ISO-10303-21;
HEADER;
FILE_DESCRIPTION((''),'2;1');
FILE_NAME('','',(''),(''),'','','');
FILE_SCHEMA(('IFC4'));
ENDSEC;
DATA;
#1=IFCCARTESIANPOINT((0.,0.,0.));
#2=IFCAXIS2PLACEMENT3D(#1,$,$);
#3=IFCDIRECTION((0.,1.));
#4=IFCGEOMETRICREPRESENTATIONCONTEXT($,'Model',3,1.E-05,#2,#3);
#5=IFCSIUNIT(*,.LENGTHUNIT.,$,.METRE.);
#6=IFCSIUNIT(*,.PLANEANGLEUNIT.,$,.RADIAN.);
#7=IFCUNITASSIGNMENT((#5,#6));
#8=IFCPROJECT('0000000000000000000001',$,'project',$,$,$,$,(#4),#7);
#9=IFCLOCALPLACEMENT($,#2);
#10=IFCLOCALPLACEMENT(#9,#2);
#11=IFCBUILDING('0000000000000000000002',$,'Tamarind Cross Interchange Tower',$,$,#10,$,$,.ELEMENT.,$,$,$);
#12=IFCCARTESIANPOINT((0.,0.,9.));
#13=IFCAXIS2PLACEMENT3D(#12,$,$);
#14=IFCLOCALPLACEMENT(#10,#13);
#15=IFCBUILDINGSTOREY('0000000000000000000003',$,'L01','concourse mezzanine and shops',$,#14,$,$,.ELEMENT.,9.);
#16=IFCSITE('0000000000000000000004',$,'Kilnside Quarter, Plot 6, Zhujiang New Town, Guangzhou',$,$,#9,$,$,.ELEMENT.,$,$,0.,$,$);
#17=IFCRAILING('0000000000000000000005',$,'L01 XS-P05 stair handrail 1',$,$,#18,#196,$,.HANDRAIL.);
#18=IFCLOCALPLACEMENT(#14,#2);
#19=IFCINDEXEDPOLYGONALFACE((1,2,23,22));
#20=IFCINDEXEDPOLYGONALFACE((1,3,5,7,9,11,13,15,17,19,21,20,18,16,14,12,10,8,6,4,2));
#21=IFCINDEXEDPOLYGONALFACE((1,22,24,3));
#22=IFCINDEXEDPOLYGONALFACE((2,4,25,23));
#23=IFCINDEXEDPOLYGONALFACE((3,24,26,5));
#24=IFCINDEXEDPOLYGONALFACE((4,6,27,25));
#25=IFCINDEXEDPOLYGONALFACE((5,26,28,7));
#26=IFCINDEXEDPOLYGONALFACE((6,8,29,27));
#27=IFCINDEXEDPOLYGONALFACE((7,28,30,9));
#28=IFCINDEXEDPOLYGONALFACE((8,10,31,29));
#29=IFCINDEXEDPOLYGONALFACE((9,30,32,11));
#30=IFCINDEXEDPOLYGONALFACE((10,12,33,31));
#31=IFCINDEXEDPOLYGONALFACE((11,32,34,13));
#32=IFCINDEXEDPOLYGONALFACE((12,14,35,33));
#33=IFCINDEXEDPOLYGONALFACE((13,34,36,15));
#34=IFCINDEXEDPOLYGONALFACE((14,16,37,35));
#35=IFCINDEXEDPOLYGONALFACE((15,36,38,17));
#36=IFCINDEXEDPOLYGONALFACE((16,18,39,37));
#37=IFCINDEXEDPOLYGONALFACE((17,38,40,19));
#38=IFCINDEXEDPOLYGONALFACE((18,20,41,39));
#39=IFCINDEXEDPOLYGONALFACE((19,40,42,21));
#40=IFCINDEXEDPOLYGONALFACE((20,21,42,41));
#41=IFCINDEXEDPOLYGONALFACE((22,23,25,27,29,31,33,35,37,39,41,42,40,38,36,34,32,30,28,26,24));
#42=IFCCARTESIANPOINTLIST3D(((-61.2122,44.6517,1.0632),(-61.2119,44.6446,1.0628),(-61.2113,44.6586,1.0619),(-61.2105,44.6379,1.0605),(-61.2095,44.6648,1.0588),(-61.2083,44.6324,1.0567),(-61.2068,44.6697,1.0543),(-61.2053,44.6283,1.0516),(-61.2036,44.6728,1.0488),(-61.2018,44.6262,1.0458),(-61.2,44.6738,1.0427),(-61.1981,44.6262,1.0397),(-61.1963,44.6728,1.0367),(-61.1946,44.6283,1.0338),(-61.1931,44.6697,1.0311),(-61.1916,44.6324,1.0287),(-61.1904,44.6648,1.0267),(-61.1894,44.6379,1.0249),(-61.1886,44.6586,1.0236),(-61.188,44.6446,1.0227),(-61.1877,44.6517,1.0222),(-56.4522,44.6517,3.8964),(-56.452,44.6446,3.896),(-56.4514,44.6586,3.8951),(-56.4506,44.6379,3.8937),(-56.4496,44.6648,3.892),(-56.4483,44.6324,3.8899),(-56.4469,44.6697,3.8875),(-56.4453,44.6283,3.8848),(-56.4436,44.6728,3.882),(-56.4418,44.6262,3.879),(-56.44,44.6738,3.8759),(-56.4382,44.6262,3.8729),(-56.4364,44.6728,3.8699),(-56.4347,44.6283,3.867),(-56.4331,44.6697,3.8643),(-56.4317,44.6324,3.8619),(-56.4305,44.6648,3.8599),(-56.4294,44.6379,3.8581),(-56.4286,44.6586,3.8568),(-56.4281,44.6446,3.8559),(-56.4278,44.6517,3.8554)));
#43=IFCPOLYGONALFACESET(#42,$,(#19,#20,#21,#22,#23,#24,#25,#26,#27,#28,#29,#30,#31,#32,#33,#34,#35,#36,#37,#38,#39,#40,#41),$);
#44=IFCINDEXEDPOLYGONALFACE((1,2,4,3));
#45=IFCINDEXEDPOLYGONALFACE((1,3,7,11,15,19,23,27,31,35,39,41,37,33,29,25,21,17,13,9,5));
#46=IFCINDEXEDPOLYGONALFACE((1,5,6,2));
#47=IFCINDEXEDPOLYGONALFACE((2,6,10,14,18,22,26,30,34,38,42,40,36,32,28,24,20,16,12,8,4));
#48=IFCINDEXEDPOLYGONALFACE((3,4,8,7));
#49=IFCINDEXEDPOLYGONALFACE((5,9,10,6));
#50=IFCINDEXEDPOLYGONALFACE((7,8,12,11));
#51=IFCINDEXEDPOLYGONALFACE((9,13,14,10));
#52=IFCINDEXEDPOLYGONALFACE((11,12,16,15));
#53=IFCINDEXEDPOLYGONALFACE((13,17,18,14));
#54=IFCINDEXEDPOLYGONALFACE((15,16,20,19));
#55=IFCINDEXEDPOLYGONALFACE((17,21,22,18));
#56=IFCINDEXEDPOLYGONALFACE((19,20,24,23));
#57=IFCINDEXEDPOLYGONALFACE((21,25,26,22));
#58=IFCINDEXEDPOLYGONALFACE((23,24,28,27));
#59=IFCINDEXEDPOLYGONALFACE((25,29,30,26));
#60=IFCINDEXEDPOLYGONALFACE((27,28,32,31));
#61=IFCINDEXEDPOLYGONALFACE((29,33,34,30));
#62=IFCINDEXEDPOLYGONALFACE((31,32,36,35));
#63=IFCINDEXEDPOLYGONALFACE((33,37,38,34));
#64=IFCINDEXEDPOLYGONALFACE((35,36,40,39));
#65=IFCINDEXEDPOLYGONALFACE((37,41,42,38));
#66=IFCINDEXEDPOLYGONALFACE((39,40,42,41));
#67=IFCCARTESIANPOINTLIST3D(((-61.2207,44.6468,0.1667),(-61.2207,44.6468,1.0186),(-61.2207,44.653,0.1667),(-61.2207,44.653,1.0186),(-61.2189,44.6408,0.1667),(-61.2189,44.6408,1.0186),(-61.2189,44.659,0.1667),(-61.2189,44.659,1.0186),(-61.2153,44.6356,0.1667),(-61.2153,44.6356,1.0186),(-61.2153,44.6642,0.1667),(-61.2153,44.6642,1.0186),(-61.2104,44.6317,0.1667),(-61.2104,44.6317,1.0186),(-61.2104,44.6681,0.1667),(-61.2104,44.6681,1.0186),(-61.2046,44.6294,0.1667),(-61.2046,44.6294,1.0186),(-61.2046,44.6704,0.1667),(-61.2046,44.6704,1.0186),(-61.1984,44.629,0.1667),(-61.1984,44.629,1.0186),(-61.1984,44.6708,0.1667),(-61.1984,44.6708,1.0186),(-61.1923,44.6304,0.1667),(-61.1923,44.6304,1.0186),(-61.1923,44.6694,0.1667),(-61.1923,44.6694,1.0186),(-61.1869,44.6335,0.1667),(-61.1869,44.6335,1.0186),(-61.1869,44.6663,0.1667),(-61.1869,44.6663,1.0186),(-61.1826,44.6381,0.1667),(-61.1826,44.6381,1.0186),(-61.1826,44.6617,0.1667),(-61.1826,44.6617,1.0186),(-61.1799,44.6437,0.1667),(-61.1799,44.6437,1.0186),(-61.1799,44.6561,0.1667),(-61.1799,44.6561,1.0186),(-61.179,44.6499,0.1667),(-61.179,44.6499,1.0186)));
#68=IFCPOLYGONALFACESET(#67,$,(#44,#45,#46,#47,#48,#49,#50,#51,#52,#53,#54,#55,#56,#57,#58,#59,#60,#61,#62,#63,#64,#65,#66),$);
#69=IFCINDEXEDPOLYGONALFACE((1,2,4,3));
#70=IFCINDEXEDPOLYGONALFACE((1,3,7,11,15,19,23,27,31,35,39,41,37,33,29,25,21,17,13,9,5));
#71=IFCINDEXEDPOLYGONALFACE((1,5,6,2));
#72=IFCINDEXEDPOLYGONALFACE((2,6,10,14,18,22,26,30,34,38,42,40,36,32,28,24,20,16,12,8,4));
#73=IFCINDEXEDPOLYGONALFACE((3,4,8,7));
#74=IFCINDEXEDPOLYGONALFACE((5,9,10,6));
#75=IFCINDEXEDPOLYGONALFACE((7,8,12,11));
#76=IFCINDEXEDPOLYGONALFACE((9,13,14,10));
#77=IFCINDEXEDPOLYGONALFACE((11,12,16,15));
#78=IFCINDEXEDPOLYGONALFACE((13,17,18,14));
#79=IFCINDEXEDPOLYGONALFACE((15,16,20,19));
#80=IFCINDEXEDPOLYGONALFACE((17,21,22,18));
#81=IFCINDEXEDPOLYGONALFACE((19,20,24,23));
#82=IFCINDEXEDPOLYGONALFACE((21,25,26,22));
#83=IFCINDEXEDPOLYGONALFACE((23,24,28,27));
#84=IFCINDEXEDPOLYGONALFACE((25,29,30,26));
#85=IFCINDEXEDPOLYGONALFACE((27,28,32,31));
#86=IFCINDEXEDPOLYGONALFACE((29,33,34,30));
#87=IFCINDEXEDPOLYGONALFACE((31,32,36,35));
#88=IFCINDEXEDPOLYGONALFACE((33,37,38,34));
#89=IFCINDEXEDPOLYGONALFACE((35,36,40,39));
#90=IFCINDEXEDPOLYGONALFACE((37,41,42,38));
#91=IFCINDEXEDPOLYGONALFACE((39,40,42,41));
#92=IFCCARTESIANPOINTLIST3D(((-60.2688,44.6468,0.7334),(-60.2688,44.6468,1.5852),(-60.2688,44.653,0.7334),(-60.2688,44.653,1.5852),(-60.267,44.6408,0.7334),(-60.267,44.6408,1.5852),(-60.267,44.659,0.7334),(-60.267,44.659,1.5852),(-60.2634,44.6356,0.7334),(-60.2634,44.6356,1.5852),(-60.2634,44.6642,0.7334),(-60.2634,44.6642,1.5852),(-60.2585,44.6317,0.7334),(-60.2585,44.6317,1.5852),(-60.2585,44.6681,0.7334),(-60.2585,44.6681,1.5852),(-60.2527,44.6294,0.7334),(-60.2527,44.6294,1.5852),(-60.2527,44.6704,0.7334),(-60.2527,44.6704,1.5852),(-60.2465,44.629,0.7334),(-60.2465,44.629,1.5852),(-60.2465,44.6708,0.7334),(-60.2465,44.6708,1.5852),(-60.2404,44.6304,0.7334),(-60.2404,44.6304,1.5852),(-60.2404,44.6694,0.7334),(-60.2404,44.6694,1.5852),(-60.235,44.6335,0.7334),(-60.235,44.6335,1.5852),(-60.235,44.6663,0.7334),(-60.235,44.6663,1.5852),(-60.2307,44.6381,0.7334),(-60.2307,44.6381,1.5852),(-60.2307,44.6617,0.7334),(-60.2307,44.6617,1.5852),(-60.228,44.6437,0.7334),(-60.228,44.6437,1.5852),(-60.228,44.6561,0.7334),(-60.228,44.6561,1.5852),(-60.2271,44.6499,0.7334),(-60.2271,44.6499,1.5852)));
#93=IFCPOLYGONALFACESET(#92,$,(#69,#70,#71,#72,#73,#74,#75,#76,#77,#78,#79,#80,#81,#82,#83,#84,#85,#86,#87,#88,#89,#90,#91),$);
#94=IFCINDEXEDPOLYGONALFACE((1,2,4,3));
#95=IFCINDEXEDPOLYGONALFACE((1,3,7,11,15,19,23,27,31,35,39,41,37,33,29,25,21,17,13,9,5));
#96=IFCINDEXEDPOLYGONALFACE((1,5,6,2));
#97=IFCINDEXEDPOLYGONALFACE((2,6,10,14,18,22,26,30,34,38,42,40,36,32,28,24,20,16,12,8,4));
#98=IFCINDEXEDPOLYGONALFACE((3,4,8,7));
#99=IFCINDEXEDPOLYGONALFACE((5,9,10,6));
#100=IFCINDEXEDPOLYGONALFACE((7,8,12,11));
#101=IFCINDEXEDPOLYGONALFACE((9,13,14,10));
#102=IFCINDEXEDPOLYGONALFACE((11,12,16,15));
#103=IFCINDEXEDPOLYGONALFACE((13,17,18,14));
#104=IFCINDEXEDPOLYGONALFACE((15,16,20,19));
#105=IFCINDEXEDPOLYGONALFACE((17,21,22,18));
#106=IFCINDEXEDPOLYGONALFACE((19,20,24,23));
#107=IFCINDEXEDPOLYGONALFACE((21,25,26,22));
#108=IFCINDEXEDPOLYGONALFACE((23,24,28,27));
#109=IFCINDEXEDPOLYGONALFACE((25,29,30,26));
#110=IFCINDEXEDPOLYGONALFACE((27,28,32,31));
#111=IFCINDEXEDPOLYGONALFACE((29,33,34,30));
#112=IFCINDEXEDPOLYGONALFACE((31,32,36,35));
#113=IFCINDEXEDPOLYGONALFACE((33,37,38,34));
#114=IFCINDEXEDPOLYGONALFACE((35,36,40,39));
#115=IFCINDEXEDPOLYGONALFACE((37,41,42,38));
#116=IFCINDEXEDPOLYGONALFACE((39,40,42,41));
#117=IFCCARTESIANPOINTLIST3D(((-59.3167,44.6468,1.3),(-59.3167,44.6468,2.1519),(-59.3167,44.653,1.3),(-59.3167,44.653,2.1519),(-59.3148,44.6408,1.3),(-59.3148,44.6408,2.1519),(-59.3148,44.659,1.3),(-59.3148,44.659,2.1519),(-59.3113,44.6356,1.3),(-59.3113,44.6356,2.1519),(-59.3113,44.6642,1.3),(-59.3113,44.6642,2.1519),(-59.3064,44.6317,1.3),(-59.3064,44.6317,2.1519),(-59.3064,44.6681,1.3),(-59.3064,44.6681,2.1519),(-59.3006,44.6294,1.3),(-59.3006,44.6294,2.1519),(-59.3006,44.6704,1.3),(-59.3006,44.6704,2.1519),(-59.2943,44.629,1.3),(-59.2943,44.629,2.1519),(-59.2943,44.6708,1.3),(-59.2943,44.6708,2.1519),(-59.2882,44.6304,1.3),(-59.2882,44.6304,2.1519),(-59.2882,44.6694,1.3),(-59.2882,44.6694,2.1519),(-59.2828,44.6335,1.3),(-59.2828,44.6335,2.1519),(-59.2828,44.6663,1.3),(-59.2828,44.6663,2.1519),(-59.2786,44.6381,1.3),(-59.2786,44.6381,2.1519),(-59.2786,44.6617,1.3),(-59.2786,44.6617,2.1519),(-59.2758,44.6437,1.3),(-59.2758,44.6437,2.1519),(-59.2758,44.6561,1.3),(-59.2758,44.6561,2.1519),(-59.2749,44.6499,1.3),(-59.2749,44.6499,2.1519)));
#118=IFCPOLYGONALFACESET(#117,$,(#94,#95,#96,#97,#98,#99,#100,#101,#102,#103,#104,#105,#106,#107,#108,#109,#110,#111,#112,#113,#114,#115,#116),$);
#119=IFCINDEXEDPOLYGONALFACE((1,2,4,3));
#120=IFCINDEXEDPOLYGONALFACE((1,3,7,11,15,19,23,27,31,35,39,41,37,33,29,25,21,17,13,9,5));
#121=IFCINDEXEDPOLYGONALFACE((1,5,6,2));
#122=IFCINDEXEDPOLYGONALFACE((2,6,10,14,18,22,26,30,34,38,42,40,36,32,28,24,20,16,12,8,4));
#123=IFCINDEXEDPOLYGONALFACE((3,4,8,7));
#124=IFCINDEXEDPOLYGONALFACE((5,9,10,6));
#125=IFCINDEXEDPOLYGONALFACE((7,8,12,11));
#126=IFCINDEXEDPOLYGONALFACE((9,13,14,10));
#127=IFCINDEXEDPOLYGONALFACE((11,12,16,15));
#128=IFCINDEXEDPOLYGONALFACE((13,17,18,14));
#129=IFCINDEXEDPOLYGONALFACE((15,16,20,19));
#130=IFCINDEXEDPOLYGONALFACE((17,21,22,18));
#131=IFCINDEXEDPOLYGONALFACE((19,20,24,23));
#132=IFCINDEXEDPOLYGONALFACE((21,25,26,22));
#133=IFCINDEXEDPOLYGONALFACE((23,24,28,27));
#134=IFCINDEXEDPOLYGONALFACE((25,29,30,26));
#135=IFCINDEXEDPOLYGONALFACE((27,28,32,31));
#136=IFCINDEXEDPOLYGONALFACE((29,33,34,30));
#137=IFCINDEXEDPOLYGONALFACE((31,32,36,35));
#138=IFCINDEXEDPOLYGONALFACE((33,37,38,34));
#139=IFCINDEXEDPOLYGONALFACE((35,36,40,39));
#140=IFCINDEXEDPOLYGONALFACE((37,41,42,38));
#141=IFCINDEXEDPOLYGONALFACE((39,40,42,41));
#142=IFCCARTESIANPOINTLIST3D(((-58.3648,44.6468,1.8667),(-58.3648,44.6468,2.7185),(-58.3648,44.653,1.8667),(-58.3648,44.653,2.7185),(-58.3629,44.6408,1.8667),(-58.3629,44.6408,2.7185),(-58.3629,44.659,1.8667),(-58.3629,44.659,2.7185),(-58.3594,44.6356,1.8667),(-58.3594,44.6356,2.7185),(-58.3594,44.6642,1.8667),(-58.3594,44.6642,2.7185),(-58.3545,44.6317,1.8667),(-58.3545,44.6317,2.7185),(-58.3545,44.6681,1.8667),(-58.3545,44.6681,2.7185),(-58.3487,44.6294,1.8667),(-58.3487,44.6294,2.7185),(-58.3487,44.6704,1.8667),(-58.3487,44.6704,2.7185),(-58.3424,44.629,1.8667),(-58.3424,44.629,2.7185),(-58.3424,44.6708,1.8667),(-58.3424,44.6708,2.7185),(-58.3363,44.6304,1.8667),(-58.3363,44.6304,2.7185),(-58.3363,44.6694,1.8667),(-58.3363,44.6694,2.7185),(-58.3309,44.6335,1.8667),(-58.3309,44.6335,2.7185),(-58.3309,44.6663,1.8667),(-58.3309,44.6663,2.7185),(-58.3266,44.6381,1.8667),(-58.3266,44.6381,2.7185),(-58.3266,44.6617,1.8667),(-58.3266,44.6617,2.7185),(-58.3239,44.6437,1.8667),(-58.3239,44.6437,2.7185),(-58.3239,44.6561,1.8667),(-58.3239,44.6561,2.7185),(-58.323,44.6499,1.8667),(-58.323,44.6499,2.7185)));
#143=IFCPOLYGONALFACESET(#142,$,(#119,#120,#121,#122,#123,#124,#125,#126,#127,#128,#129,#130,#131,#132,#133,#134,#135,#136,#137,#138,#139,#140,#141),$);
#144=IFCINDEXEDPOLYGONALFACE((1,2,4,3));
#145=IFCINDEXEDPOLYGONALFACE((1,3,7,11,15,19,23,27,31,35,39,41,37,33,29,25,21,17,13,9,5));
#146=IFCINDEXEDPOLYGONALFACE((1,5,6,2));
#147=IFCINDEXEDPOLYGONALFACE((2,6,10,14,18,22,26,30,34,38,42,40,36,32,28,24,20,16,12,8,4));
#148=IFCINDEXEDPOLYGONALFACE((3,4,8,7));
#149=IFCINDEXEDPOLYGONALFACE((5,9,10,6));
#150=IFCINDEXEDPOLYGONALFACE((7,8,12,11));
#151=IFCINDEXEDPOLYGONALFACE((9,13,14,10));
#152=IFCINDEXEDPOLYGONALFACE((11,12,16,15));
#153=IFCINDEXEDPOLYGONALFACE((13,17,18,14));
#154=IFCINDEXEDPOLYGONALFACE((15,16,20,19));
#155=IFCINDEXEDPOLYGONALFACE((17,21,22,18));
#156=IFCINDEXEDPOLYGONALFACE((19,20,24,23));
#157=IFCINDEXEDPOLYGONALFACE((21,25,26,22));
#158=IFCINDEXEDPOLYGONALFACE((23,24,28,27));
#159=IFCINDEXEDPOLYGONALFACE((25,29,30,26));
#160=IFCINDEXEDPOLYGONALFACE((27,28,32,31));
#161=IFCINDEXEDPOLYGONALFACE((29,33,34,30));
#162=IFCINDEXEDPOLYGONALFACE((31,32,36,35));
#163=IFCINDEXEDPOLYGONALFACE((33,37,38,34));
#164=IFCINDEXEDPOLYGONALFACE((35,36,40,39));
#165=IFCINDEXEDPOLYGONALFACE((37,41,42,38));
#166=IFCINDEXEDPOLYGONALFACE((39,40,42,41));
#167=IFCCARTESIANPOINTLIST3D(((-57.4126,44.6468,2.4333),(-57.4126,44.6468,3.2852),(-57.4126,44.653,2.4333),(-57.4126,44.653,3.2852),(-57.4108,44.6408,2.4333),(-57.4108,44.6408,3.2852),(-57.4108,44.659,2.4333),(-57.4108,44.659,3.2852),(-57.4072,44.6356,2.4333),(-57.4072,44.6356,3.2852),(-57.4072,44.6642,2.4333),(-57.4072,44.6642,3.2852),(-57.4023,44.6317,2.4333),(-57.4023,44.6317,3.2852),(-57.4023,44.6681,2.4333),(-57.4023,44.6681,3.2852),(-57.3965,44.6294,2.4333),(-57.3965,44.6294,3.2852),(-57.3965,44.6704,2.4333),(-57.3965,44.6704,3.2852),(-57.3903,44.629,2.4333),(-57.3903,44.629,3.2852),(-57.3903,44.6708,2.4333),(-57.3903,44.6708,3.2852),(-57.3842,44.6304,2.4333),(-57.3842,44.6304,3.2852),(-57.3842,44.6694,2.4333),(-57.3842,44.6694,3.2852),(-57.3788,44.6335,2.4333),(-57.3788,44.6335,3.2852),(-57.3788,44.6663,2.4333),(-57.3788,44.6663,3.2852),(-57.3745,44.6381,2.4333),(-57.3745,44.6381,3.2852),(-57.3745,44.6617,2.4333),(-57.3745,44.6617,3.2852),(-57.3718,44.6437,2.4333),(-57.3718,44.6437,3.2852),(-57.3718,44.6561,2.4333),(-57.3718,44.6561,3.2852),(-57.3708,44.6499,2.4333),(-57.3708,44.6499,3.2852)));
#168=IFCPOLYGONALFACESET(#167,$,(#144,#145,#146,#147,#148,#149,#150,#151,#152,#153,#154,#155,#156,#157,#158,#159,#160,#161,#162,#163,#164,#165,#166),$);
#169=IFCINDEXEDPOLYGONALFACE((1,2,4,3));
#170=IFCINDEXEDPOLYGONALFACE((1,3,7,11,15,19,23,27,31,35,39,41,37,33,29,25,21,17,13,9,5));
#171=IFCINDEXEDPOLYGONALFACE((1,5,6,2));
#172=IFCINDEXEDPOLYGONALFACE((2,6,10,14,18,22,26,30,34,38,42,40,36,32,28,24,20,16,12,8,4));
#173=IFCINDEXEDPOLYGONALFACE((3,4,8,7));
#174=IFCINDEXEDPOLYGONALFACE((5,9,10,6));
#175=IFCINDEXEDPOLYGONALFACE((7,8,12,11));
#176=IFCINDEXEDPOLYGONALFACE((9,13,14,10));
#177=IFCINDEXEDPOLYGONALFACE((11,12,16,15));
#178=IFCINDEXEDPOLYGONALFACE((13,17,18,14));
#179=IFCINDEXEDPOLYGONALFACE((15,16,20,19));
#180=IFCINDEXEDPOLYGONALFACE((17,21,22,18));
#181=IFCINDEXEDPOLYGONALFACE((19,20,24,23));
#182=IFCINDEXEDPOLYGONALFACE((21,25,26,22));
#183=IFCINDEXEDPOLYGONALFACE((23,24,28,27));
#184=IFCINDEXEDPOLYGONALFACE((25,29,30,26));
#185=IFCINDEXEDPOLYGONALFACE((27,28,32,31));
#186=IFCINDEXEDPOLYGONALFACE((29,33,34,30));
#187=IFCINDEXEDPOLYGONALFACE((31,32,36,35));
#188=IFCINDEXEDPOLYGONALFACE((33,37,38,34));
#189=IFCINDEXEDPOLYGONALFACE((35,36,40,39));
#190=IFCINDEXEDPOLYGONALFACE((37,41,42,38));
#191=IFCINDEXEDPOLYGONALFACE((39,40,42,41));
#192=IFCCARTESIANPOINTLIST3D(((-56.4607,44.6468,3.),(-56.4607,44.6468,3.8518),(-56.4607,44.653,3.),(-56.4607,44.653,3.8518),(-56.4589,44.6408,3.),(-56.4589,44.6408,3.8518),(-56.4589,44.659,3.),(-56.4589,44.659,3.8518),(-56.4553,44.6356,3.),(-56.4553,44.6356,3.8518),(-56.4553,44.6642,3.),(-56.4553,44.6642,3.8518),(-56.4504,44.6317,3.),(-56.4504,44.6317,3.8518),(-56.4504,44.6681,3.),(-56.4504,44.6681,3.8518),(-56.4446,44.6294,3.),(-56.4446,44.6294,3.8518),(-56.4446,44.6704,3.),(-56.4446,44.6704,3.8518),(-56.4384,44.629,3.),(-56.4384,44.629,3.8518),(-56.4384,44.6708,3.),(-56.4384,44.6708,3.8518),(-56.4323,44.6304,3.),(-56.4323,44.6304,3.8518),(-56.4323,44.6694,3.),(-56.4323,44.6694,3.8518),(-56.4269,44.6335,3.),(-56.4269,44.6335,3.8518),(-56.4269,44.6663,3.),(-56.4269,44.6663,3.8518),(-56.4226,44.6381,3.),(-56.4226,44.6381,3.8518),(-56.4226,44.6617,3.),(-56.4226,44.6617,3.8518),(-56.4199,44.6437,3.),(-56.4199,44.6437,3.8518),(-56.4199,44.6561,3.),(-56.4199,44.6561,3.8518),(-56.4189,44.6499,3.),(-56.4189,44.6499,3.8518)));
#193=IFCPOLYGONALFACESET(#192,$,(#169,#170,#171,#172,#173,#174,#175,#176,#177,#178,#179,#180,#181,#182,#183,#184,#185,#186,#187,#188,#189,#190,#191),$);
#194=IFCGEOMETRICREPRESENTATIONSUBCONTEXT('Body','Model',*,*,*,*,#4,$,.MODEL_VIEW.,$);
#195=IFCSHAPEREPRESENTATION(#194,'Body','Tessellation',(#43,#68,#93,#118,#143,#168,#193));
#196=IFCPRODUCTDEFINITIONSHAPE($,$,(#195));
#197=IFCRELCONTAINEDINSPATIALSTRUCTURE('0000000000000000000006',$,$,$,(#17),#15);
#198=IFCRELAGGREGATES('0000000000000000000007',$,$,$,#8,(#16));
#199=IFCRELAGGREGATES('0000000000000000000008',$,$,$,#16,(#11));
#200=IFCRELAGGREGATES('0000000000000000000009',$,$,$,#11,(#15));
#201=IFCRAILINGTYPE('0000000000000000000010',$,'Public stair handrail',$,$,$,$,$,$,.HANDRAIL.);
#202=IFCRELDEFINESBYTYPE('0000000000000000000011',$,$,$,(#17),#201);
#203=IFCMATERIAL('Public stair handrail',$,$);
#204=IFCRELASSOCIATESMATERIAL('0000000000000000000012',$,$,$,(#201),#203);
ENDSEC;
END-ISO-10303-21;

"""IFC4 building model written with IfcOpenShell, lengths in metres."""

from ifc_helpers import new_model, si_unit, direction, frame, origin, origin_2d, place, context, subcontext, project, spatial, circle, extrude, material, type_object, element, save


model = new_model("IFC4")

# Units and contexts
model_context = context("Model", 3, precision=1e-05, world=origin(), true_north=direction((0.0, 1.0)))
body_context = subcontext(model_context, "Body", "Model", "MODEL_VIEW")
ifc_project = project(units=[si_unit("LENGTHUNIT", "METRE"), si_unit("PLANEANGLEUNIT", "RADIAN")], contexts=[model_context])

# Site, building, storey
site_placement = place(None, origin())
site = spatial("IfcSite", under=ifc_project, at=site_placement, Name="Kilnside Quarter, Plot 6, Zhujiang New Town, Guangzhou", CompositionType="ELEMENT", RefElevation=0.0)
building_placement = place(site_placement, origin())
building = spatial("IfcBuilding", under=site, at=building_placement, Name="Tamarind Cross Interchange Tower", CompositionType="ELEMENT")
storey_placement = place(building_placement, frame((0.0, 0.0, 9.0)))
storey = spatial("IfcBuildingStorey", under=building, at=storey_placement, Name="L01", Description="concourse mezzanine and shops", CompositionType="ELEMENT", Elevation=9.0)

# Railing
ifc_material_1 = material(Name="Public stair handrail")
railing_type_1 = type_object("IfcRailingType", Name="Public stair handrail", PredefinedType="HANDRAIL", material=ifc_material_1)
railing_1_placement = place(storey_placement, frame((-61.2, 44.6499, 0.1667)))
element("IfcRailing", 1, at=railing_1_placement, inside=storey, type_object=railing_type_1, Name="L01 XS-P05 stair handrail 1", PredefinedType="HANDRAIL", context=body_context, shape_type="SweptSolid", body=[
    extrude(circle(Radius=0.0239, at=origin_2d()), frame((0.0, 0.0, 0.876), z_axis=(0.8593, 0.0, 0.511472), x_axis=(0.0, 1.0, 0.0)), (0.0, 0.0, 1.0), 5.5393),
    extrude(circle(Radius=0.021, at=origin_2d()), origin(), (0.0, 0.0, 1.0), 0.8518),
    extrude(circle(Radius=0.021, at=origin_2d()), frame((0.9519, 0.0, 0.5667)), (0.0, 0.0, 1.0), 0.8518),
    extrude(circle(Radius=0.021, at=origin_2d()), frame((1.9041, 0.0, 1.1333)), (0.0, 0.0, 1.0), 0.8518),
    extrude(circle(Radius=0.021, at=origin_2d()), frame((2.856, 0.0, 1.7)), (0.0, 0.0, 1.0), 0.8518),
    extrude(circle(Radius=0.021, at=origin_2d()), frame((3.8081, 0.0, 2.2666)), (0.0, 0.0, 1.0), 0.8518),
    extrude(circle(Radius=0.021, at=origin_2d()), frame((4.76, 0.0, 2.8333)), (0.0, 0.0, 1.0), 0.8518),
])

save(model, "model.ifc")
